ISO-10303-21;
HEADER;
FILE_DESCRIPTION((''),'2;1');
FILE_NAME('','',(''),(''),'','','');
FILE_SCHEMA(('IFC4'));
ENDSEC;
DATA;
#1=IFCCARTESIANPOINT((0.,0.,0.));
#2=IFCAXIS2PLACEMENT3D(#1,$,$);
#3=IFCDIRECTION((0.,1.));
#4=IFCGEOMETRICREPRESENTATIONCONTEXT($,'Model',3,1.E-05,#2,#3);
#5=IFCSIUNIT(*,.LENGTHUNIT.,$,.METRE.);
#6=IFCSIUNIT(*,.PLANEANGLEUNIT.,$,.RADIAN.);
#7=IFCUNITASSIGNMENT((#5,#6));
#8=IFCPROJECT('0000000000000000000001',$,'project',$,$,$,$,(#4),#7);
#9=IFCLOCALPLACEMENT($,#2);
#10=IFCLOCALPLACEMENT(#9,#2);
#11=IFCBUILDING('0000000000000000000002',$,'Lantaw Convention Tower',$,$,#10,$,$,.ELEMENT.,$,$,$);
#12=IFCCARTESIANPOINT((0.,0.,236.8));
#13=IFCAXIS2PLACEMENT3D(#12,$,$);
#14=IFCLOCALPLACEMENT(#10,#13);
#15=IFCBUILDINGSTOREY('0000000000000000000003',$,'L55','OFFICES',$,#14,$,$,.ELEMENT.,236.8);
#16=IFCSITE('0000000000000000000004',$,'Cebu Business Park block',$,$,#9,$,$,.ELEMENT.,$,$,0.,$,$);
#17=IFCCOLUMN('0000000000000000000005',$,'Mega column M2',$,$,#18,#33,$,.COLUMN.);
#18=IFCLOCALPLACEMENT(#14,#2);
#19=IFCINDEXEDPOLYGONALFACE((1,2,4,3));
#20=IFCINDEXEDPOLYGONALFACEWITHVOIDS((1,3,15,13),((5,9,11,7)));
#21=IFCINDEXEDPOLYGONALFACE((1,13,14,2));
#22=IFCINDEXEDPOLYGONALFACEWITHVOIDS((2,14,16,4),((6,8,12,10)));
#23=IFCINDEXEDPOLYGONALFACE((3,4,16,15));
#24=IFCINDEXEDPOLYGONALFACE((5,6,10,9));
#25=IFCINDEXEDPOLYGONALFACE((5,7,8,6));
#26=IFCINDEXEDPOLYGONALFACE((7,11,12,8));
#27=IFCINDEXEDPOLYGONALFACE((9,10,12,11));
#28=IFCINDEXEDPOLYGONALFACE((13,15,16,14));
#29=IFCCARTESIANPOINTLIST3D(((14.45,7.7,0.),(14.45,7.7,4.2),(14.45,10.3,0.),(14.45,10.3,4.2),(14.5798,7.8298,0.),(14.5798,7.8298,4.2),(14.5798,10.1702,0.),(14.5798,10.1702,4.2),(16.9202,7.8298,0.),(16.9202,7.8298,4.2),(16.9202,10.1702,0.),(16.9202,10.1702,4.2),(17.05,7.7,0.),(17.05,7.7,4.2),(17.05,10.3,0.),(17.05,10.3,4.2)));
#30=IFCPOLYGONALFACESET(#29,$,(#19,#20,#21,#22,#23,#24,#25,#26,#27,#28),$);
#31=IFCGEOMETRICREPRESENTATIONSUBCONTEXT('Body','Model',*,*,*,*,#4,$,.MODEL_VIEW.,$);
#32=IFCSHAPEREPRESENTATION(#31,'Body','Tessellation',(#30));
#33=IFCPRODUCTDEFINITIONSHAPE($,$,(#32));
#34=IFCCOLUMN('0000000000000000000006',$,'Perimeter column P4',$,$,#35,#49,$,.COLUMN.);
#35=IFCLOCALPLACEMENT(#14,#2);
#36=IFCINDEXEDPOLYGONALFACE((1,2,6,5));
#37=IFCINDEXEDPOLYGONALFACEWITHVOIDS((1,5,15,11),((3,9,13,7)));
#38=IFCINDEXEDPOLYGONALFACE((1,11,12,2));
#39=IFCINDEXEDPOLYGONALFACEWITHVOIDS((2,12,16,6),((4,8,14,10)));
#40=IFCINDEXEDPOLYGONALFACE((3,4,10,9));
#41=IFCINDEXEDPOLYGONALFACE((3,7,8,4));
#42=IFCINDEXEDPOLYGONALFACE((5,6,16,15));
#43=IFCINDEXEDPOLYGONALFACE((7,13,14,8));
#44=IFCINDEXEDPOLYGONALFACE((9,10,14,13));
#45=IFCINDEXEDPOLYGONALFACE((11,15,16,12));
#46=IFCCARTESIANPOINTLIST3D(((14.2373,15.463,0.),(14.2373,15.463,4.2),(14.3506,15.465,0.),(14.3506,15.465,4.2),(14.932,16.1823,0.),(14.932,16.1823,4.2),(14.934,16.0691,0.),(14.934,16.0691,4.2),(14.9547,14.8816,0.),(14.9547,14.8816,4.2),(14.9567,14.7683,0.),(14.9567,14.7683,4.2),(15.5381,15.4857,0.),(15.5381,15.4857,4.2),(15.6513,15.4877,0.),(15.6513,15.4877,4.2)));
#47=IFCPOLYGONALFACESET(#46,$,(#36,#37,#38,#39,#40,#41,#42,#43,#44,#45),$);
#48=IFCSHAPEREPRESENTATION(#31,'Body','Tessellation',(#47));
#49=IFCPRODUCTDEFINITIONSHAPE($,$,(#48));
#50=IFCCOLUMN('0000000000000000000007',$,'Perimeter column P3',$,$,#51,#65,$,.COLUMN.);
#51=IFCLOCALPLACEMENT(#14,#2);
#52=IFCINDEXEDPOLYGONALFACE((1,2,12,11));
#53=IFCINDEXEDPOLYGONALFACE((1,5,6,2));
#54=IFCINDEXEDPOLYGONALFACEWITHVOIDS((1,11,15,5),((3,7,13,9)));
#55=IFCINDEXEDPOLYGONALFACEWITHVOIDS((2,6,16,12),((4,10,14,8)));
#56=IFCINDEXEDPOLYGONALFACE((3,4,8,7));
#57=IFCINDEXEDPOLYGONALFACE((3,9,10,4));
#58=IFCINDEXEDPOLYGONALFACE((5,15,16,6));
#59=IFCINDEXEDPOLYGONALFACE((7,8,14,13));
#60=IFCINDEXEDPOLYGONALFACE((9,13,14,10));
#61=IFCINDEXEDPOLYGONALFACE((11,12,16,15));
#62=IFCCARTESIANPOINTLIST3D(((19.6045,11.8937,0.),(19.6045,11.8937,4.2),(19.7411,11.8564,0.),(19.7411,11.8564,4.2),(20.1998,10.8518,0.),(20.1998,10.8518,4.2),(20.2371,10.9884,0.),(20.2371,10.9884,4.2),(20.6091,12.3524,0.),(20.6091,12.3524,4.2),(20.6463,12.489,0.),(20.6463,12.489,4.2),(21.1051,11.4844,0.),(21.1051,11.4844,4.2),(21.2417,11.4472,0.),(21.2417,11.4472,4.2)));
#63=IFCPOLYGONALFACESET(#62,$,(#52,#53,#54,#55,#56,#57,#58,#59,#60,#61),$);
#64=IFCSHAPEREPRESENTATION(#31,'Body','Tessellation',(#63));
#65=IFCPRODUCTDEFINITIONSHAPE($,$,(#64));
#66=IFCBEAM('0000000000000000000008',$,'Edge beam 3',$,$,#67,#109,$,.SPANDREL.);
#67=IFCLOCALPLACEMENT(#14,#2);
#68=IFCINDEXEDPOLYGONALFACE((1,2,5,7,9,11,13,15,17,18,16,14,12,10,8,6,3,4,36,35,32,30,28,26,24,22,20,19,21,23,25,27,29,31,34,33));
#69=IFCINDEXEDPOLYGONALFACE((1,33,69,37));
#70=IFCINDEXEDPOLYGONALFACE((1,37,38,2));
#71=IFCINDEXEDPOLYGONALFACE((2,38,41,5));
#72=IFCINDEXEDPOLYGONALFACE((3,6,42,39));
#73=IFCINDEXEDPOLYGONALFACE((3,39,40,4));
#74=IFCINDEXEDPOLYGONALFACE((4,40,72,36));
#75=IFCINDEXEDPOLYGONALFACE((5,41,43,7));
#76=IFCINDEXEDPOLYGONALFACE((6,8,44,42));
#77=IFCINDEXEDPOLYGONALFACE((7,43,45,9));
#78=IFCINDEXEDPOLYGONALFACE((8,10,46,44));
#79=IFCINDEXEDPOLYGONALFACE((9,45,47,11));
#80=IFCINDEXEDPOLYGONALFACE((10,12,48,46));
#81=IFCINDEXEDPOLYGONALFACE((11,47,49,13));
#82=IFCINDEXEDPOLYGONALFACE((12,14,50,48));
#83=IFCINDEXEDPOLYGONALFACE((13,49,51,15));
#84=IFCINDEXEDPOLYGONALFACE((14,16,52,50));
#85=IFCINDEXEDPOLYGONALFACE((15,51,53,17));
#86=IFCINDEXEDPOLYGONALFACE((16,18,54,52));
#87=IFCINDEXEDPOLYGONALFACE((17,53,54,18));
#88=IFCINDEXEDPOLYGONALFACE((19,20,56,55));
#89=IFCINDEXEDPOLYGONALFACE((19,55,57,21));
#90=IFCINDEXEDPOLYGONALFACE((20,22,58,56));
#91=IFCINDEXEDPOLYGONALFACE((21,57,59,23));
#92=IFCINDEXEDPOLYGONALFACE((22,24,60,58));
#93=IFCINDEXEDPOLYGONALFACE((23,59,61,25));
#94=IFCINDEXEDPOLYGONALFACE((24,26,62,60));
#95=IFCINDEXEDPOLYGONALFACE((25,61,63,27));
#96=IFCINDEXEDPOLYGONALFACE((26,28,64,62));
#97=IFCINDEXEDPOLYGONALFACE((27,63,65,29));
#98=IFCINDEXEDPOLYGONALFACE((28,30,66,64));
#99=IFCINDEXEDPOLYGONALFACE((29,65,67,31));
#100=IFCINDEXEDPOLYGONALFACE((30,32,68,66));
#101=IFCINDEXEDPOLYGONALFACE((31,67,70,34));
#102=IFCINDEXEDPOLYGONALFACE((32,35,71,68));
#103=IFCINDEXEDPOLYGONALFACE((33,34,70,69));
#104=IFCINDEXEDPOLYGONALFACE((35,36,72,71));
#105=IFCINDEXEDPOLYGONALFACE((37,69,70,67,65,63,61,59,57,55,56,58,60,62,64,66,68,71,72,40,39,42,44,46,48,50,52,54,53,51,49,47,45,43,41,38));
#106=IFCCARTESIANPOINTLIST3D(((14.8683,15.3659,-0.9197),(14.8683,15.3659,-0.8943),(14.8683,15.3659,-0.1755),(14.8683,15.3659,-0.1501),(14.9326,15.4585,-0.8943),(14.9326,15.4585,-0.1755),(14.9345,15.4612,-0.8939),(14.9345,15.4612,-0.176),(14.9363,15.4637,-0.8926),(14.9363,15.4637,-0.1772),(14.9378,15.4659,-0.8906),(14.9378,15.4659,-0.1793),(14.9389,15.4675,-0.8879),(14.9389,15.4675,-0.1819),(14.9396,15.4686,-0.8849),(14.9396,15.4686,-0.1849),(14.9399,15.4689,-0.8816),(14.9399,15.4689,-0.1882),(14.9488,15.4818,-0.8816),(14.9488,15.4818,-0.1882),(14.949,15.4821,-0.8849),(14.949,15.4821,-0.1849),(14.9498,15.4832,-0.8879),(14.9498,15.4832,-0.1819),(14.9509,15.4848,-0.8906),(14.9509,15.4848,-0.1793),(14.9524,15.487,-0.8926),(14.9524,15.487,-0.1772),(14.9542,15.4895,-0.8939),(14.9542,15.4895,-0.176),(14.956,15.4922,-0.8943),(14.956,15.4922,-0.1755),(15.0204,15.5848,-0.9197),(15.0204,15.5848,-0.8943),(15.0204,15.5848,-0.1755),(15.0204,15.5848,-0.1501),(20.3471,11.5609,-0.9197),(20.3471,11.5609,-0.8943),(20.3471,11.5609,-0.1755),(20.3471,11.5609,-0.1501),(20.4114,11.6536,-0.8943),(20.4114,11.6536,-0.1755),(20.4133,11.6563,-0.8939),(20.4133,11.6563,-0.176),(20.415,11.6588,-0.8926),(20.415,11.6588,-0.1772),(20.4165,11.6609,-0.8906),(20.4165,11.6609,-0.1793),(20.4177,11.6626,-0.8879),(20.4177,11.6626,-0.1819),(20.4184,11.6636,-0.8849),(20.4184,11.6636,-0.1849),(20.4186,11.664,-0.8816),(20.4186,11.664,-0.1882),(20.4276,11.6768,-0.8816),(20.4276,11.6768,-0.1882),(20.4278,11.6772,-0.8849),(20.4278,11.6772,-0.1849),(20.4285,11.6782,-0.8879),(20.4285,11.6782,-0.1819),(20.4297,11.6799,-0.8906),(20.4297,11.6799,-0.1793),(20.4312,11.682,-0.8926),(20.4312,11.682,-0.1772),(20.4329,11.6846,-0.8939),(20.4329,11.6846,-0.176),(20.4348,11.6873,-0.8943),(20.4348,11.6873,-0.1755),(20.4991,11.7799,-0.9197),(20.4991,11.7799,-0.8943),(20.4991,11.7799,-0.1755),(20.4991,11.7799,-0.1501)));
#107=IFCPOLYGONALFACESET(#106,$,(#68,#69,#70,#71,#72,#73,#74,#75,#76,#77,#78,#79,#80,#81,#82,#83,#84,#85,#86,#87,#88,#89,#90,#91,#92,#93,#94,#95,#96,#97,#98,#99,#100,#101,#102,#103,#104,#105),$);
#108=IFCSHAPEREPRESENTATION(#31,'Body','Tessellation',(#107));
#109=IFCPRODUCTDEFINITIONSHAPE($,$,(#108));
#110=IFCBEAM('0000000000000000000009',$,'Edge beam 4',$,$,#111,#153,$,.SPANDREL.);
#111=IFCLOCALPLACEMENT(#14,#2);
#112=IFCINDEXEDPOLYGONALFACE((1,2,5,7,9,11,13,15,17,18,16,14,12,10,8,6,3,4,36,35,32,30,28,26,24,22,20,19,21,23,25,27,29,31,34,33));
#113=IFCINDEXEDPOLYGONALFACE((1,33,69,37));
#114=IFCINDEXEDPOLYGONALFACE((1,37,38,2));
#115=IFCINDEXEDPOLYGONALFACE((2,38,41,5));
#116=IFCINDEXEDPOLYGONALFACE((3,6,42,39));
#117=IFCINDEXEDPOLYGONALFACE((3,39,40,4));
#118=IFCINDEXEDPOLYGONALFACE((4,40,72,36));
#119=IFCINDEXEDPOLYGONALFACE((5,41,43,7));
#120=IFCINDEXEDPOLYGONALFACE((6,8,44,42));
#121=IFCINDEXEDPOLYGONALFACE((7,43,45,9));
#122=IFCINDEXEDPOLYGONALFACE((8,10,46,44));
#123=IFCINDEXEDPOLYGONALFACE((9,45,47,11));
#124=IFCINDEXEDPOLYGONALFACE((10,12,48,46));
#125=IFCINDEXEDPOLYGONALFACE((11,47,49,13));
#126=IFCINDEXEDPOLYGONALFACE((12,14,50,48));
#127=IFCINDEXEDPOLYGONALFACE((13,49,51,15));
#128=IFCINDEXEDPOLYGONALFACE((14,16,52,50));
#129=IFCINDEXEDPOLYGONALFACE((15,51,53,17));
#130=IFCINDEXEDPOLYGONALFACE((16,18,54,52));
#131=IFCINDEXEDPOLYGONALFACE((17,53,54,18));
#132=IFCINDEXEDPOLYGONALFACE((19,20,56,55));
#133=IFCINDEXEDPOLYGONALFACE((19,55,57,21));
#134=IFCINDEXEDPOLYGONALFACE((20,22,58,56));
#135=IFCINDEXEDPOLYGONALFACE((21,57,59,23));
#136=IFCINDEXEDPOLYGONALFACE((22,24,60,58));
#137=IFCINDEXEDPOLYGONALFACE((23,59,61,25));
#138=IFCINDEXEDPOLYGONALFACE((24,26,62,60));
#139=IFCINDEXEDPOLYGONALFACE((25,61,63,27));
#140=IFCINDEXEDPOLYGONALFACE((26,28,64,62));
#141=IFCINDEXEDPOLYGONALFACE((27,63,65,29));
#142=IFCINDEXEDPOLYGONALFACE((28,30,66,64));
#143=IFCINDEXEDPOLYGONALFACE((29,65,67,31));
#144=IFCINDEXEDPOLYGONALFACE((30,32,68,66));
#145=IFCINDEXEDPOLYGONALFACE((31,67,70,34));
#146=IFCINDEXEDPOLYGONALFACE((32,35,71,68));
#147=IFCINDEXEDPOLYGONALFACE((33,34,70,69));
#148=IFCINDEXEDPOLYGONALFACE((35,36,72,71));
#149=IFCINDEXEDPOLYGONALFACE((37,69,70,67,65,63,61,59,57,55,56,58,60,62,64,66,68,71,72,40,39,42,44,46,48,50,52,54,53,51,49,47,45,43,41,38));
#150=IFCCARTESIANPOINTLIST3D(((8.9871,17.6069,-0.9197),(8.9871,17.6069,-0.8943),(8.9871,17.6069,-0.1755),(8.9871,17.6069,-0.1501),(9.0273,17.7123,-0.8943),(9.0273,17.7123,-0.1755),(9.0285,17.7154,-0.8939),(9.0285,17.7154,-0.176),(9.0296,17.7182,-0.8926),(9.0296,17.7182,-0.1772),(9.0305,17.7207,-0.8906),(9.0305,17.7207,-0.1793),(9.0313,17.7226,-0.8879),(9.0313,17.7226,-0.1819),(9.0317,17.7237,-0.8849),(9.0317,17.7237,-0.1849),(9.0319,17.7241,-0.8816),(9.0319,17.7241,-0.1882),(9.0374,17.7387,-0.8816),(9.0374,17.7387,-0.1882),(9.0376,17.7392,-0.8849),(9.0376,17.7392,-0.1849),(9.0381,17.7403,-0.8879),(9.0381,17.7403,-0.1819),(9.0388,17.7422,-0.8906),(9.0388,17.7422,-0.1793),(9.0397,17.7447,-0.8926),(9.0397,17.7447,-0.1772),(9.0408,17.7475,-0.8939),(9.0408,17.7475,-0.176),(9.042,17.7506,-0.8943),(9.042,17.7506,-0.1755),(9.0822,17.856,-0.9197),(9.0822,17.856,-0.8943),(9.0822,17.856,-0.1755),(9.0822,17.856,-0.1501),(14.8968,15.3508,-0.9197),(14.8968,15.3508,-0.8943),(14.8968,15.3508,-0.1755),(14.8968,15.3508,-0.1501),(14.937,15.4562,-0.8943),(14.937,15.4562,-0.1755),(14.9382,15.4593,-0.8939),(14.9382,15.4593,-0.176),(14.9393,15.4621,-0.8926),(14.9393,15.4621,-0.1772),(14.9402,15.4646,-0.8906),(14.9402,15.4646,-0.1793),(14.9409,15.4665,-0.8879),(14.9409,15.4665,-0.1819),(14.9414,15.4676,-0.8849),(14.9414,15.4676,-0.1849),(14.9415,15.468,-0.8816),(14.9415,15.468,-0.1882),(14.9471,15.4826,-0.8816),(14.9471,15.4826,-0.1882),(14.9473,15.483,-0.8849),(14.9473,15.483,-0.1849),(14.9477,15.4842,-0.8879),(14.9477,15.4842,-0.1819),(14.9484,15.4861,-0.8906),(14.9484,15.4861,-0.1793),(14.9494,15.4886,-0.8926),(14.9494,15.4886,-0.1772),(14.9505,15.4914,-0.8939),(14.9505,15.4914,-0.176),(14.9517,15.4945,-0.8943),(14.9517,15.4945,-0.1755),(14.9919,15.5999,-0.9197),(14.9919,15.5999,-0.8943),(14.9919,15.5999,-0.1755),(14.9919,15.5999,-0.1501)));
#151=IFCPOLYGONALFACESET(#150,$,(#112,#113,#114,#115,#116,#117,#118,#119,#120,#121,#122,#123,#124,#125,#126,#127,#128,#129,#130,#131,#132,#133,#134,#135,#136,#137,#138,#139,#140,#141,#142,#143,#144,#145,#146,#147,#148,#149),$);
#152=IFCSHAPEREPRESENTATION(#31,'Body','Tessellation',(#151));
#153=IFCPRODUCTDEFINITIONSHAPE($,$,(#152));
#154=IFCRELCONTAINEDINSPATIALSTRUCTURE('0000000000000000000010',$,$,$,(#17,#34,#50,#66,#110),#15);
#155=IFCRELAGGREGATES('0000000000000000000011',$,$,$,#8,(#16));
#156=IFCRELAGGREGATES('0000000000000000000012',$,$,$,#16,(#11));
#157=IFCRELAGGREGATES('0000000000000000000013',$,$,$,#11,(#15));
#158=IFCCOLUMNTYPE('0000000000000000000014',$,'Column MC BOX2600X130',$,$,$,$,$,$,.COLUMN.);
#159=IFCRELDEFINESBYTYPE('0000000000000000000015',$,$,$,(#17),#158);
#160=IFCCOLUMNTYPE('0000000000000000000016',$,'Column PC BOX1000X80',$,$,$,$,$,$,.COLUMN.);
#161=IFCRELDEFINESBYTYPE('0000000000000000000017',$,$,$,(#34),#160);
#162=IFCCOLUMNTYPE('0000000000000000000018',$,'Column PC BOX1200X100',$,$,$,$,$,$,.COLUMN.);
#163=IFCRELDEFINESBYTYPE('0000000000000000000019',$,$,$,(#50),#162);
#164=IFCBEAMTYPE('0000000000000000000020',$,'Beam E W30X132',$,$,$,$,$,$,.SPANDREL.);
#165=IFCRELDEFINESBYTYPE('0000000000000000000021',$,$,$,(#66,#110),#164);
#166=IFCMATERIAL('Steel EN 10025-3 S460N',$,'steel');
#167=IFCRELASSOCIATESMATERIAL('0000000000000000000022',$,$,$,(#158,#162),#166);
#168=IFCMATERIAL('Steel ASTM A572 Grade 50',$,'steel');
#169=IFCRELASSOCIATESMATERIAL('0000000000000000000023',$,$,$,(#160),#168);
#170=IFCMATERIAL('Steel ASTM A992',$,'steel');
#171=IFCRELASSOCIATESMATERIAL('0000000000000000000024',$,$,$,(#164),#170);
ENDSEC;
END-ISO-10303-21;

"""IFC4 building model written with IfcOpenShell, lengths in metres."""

from ifc_helpers import new_model, si_unit, direction, frame, origin, origin_2d, place, context, subcontext, project, spatial, rectangle, hollow_rectangle, i_section, extrude, material, material_profile, profile_set, type_object, element, save


model = new_model("IFC4")

# Units and contexts
model_context = context("Model", 3, precision=1e-05, world=origin(), true_north=direction((0.0, 1.0)))
body_context = subcontext(model_context, "Body", "Model", "MODEL_VIEW")
ifc_project = project(units=[si_unit("LENGTHUNIT", "METRE"), si_unit("PLANEANGLEUNIT", "RADIAN")], contexts=[model_context])

# Site, building, storey
site_placement = place(None, origin())
site = spatial("IfcSite", under=ifc_project, at=site_placement, Name="Cebu Business Park block", CompositionType="ELEMENT", RefElevation=0.0)
building_placement = place(site_placement, origin())
building = spatial("IfcBuilding", under=site, at=building_placement, Name="Lantaw Convention Tower", CompositionType="ELEMENT")
storey_placement = place(building_placement, frame((0.0, 0.0, 236.8)))
storey = spatial("IfcBuildingStorey", under=building, at=storey_placement, Name="L55", Description="OFFICES", CompositionType="ELEMENT", Elevation=236.8)

# Columns
ifc_material_1 = material(Name="Steel EN 10025-3 S460N", Category="steel")
ifc_material_profile_1 = material_profile(ifc_material_1, hollow_rectangle(XDim=2.6001, YDim=2.6001, WallThickness=0.1299, at=origin_2d()), Name="BOX2600X130")
ifc_material_2 = material(Name="Concrete C60/75", Category="concrete")
ifc_material_profile_2 = material_profile(ifc_material_2, rectangle(XDim=2.3401, YDim=2.3401, at=origin_2d()), Name="Concrete fill of BOX2600X130")
ifc_profile_set_1 = profile_set([ifc_material_profile_1, ifc_material_profile_2], Name="Steel EN 10025-3 S460N")
column_type_1 = type_object("IfcColumnType", Name="Column MC BOX2600X130", PredefinedType="COLUMN", material=ifc_profile_set_1)
column_1_placement = place(storey_placement, frame((15.75, 9.0, 0.0), z_axis=(0.0, 0.0, 1.0), x_axis=(1.0, 0.0, 0.0)))
element("IfcColumn", 1, at=column_1_placement, inside=storey, type_object=column_type_1, Name="Mega column M2", PredefinedType="COLUMN", context=body_context, shape_type="SweptSolid", body=[
    extrude(hollow_rectangle(XDim=2.6001, YDim=2.6001, WallThickness=0.1299, at=origin_2d()), origin(), (0.0, 0.0, 1.0), 4.2),
])
ifc_material_3 = material(Name="Steel ASTM A572 Grade 50", Category="steel")
ifc_material_profile_3 = material_profile(ifc_material_3, hollow_rectangle(XDim=1.0, YDim=1.0, WallThickness=0.0801, at=origin_2d()), Name="BOX1000X80")
ifc_material_profile_4 = material_profile(ifc_material_2, rectangle(XDim=0.8401, YDim=0.8401, at=origin_2d()), Name="Concrete fill of BOX1000X80")
ifc_profile_set_2 = profile_set([ifc_material_profile_3, ifc_material_profile_4], Name="Steel ASTM A572 Grade 50")
column_type_2 = type_object("IfcColumnType", Name="Column PC BOX1000X80", PredefinedType="COLUMN", material=ifc_profile_set_2)
column_2_placement = place(storey_placement, frame((14.9443, 15.4753, 0.0), z_axis=(0.0, 0.0, 1.0), x_axis=(0.694658, 0.71934, 0.0)))
element("IfcColumn", 2, at=column_2_placement, inside=storey, type_object=column_type_2, Name="Perimeter column P4", PredefinedType="COLUMN", context=body_context, shape_type="SweptSolid", body=[
    extrude(hollow_rectangle(XDim=1.0, YDim=1.0, WallThickness=0.0801, at=origin_2d()), origin(), (0.0, 0.0, 1.0), 4.2),
])
ifc_material_profile_5 = material_profile(ifc_material_1, hollow_rectangle(XDim=1.2, YDim=1.2, WallThickness=0.1001, at=origin_2d()), Name="BOX1200X100")
ifc_material_profile_6 = material_profile(ifc_material_2, rectangle(XDim=1.0, YDim=1.0, at=origin_2d()), Name="Concrete fill of BOX1200X100")
ifc_profile_set_3 = profile_set([ifc_material_profile_5, ifc_material_profile_6], Name="Steel EN 10025-3 S460N")
column_type_3 = type_object("IfcColumnType", Name="Column PC BOX1200X100", PredefinedType="COLUMN", material=ifc_profile_set_3)
column_3_placement = place(storey_placement, frame((20.4231, 11.6704, 0.0), z_axis=(0.0, 0.0, 1.0), x_axis=(0.868243, 0.496139, 0.0)))
element("IfcColumn", 3, at=column_3_placement, inside=storey, type_object=column_type_3, Name="Perimeter column P3", PredefinedType="COLUMN", context=body_context, shape_type="SweptSolid", body=[
    extrude(hollow_rectangle(XDim=1.2, YDim=1.2, WallThickness=0.1001, at=origin_2d()), origin(), (0.0, 0.0, 1.0), 4.2),
])

# Beams
ifc_material_4 = material(Name="Steel ASTM A992", Category="steel")
ifc_material_profile_7 = material_profile(ifc_material_4, i_section(OverallWidth=0.2666, OverallDepth=0.7695, WebThickness=0.0156, FlangeThickness=0.0254, FilletRadius=0.0127, at=origin_2d()), Name="W30X132")
ifc_profile_set_4 = profile_set([ifc_material_profile_7], Name="Steel ASTM A992")
beam_type_1 = type_object("IfcBeamType", Name="Beam E W30X132", PredefinedType="SPANDREL", material=ifc_profile_set_4)
beam_1_placement = place(storey_placement, frame((20.4231, 11.6704, -0.5349), z_axis=(-0.821353, 0.57042, 0.0), x_axis=(-0.57042, -0.821353, 0.0)))
element("IfcBeam", 4, at=beam_1_placement, inside=storey, type_object=beam_type_1, Name="Edge beam 3", PredefinedType="SPANDREL", context=body_context, shape_type="SweptSolid", body=[
    extrude(i_section(OverallWidth=0.2666, OverallDepth=0.7695, WebThickness=0.0156, FlangeThickness=0.0254, FilletRadius=0.0127, at=origin_2d()), origin(), (0.0, 0.0, 1.0), 6.6704),
])
beam_2_placement = place(storey_placement, frame((14.9443, 15.4753, -0.5349), z_axis=(-0.934235, 0.356658, 0.0), x_axis=(-0.356658, -0.934235, 0.0)))
element("IfcBeam", 5, at=beam_2_placement, inside=storey, type_object=beam_type_1, Name="Edge beam 4", PredefinedType="SPANDREL", context=body_context, shape_type="SweptSolid", body=[
    extrude(i_section(OverallWidth=0.2666, OverallDepth=0.7695, WebThickness=0.0156, FlangeThickness=0.0254, FilletRadius=0.0127, at=origin_2d()), origin(), (0.0, 0.0, 1.0), 6.3257),
])

save(model, "model.ifc")
